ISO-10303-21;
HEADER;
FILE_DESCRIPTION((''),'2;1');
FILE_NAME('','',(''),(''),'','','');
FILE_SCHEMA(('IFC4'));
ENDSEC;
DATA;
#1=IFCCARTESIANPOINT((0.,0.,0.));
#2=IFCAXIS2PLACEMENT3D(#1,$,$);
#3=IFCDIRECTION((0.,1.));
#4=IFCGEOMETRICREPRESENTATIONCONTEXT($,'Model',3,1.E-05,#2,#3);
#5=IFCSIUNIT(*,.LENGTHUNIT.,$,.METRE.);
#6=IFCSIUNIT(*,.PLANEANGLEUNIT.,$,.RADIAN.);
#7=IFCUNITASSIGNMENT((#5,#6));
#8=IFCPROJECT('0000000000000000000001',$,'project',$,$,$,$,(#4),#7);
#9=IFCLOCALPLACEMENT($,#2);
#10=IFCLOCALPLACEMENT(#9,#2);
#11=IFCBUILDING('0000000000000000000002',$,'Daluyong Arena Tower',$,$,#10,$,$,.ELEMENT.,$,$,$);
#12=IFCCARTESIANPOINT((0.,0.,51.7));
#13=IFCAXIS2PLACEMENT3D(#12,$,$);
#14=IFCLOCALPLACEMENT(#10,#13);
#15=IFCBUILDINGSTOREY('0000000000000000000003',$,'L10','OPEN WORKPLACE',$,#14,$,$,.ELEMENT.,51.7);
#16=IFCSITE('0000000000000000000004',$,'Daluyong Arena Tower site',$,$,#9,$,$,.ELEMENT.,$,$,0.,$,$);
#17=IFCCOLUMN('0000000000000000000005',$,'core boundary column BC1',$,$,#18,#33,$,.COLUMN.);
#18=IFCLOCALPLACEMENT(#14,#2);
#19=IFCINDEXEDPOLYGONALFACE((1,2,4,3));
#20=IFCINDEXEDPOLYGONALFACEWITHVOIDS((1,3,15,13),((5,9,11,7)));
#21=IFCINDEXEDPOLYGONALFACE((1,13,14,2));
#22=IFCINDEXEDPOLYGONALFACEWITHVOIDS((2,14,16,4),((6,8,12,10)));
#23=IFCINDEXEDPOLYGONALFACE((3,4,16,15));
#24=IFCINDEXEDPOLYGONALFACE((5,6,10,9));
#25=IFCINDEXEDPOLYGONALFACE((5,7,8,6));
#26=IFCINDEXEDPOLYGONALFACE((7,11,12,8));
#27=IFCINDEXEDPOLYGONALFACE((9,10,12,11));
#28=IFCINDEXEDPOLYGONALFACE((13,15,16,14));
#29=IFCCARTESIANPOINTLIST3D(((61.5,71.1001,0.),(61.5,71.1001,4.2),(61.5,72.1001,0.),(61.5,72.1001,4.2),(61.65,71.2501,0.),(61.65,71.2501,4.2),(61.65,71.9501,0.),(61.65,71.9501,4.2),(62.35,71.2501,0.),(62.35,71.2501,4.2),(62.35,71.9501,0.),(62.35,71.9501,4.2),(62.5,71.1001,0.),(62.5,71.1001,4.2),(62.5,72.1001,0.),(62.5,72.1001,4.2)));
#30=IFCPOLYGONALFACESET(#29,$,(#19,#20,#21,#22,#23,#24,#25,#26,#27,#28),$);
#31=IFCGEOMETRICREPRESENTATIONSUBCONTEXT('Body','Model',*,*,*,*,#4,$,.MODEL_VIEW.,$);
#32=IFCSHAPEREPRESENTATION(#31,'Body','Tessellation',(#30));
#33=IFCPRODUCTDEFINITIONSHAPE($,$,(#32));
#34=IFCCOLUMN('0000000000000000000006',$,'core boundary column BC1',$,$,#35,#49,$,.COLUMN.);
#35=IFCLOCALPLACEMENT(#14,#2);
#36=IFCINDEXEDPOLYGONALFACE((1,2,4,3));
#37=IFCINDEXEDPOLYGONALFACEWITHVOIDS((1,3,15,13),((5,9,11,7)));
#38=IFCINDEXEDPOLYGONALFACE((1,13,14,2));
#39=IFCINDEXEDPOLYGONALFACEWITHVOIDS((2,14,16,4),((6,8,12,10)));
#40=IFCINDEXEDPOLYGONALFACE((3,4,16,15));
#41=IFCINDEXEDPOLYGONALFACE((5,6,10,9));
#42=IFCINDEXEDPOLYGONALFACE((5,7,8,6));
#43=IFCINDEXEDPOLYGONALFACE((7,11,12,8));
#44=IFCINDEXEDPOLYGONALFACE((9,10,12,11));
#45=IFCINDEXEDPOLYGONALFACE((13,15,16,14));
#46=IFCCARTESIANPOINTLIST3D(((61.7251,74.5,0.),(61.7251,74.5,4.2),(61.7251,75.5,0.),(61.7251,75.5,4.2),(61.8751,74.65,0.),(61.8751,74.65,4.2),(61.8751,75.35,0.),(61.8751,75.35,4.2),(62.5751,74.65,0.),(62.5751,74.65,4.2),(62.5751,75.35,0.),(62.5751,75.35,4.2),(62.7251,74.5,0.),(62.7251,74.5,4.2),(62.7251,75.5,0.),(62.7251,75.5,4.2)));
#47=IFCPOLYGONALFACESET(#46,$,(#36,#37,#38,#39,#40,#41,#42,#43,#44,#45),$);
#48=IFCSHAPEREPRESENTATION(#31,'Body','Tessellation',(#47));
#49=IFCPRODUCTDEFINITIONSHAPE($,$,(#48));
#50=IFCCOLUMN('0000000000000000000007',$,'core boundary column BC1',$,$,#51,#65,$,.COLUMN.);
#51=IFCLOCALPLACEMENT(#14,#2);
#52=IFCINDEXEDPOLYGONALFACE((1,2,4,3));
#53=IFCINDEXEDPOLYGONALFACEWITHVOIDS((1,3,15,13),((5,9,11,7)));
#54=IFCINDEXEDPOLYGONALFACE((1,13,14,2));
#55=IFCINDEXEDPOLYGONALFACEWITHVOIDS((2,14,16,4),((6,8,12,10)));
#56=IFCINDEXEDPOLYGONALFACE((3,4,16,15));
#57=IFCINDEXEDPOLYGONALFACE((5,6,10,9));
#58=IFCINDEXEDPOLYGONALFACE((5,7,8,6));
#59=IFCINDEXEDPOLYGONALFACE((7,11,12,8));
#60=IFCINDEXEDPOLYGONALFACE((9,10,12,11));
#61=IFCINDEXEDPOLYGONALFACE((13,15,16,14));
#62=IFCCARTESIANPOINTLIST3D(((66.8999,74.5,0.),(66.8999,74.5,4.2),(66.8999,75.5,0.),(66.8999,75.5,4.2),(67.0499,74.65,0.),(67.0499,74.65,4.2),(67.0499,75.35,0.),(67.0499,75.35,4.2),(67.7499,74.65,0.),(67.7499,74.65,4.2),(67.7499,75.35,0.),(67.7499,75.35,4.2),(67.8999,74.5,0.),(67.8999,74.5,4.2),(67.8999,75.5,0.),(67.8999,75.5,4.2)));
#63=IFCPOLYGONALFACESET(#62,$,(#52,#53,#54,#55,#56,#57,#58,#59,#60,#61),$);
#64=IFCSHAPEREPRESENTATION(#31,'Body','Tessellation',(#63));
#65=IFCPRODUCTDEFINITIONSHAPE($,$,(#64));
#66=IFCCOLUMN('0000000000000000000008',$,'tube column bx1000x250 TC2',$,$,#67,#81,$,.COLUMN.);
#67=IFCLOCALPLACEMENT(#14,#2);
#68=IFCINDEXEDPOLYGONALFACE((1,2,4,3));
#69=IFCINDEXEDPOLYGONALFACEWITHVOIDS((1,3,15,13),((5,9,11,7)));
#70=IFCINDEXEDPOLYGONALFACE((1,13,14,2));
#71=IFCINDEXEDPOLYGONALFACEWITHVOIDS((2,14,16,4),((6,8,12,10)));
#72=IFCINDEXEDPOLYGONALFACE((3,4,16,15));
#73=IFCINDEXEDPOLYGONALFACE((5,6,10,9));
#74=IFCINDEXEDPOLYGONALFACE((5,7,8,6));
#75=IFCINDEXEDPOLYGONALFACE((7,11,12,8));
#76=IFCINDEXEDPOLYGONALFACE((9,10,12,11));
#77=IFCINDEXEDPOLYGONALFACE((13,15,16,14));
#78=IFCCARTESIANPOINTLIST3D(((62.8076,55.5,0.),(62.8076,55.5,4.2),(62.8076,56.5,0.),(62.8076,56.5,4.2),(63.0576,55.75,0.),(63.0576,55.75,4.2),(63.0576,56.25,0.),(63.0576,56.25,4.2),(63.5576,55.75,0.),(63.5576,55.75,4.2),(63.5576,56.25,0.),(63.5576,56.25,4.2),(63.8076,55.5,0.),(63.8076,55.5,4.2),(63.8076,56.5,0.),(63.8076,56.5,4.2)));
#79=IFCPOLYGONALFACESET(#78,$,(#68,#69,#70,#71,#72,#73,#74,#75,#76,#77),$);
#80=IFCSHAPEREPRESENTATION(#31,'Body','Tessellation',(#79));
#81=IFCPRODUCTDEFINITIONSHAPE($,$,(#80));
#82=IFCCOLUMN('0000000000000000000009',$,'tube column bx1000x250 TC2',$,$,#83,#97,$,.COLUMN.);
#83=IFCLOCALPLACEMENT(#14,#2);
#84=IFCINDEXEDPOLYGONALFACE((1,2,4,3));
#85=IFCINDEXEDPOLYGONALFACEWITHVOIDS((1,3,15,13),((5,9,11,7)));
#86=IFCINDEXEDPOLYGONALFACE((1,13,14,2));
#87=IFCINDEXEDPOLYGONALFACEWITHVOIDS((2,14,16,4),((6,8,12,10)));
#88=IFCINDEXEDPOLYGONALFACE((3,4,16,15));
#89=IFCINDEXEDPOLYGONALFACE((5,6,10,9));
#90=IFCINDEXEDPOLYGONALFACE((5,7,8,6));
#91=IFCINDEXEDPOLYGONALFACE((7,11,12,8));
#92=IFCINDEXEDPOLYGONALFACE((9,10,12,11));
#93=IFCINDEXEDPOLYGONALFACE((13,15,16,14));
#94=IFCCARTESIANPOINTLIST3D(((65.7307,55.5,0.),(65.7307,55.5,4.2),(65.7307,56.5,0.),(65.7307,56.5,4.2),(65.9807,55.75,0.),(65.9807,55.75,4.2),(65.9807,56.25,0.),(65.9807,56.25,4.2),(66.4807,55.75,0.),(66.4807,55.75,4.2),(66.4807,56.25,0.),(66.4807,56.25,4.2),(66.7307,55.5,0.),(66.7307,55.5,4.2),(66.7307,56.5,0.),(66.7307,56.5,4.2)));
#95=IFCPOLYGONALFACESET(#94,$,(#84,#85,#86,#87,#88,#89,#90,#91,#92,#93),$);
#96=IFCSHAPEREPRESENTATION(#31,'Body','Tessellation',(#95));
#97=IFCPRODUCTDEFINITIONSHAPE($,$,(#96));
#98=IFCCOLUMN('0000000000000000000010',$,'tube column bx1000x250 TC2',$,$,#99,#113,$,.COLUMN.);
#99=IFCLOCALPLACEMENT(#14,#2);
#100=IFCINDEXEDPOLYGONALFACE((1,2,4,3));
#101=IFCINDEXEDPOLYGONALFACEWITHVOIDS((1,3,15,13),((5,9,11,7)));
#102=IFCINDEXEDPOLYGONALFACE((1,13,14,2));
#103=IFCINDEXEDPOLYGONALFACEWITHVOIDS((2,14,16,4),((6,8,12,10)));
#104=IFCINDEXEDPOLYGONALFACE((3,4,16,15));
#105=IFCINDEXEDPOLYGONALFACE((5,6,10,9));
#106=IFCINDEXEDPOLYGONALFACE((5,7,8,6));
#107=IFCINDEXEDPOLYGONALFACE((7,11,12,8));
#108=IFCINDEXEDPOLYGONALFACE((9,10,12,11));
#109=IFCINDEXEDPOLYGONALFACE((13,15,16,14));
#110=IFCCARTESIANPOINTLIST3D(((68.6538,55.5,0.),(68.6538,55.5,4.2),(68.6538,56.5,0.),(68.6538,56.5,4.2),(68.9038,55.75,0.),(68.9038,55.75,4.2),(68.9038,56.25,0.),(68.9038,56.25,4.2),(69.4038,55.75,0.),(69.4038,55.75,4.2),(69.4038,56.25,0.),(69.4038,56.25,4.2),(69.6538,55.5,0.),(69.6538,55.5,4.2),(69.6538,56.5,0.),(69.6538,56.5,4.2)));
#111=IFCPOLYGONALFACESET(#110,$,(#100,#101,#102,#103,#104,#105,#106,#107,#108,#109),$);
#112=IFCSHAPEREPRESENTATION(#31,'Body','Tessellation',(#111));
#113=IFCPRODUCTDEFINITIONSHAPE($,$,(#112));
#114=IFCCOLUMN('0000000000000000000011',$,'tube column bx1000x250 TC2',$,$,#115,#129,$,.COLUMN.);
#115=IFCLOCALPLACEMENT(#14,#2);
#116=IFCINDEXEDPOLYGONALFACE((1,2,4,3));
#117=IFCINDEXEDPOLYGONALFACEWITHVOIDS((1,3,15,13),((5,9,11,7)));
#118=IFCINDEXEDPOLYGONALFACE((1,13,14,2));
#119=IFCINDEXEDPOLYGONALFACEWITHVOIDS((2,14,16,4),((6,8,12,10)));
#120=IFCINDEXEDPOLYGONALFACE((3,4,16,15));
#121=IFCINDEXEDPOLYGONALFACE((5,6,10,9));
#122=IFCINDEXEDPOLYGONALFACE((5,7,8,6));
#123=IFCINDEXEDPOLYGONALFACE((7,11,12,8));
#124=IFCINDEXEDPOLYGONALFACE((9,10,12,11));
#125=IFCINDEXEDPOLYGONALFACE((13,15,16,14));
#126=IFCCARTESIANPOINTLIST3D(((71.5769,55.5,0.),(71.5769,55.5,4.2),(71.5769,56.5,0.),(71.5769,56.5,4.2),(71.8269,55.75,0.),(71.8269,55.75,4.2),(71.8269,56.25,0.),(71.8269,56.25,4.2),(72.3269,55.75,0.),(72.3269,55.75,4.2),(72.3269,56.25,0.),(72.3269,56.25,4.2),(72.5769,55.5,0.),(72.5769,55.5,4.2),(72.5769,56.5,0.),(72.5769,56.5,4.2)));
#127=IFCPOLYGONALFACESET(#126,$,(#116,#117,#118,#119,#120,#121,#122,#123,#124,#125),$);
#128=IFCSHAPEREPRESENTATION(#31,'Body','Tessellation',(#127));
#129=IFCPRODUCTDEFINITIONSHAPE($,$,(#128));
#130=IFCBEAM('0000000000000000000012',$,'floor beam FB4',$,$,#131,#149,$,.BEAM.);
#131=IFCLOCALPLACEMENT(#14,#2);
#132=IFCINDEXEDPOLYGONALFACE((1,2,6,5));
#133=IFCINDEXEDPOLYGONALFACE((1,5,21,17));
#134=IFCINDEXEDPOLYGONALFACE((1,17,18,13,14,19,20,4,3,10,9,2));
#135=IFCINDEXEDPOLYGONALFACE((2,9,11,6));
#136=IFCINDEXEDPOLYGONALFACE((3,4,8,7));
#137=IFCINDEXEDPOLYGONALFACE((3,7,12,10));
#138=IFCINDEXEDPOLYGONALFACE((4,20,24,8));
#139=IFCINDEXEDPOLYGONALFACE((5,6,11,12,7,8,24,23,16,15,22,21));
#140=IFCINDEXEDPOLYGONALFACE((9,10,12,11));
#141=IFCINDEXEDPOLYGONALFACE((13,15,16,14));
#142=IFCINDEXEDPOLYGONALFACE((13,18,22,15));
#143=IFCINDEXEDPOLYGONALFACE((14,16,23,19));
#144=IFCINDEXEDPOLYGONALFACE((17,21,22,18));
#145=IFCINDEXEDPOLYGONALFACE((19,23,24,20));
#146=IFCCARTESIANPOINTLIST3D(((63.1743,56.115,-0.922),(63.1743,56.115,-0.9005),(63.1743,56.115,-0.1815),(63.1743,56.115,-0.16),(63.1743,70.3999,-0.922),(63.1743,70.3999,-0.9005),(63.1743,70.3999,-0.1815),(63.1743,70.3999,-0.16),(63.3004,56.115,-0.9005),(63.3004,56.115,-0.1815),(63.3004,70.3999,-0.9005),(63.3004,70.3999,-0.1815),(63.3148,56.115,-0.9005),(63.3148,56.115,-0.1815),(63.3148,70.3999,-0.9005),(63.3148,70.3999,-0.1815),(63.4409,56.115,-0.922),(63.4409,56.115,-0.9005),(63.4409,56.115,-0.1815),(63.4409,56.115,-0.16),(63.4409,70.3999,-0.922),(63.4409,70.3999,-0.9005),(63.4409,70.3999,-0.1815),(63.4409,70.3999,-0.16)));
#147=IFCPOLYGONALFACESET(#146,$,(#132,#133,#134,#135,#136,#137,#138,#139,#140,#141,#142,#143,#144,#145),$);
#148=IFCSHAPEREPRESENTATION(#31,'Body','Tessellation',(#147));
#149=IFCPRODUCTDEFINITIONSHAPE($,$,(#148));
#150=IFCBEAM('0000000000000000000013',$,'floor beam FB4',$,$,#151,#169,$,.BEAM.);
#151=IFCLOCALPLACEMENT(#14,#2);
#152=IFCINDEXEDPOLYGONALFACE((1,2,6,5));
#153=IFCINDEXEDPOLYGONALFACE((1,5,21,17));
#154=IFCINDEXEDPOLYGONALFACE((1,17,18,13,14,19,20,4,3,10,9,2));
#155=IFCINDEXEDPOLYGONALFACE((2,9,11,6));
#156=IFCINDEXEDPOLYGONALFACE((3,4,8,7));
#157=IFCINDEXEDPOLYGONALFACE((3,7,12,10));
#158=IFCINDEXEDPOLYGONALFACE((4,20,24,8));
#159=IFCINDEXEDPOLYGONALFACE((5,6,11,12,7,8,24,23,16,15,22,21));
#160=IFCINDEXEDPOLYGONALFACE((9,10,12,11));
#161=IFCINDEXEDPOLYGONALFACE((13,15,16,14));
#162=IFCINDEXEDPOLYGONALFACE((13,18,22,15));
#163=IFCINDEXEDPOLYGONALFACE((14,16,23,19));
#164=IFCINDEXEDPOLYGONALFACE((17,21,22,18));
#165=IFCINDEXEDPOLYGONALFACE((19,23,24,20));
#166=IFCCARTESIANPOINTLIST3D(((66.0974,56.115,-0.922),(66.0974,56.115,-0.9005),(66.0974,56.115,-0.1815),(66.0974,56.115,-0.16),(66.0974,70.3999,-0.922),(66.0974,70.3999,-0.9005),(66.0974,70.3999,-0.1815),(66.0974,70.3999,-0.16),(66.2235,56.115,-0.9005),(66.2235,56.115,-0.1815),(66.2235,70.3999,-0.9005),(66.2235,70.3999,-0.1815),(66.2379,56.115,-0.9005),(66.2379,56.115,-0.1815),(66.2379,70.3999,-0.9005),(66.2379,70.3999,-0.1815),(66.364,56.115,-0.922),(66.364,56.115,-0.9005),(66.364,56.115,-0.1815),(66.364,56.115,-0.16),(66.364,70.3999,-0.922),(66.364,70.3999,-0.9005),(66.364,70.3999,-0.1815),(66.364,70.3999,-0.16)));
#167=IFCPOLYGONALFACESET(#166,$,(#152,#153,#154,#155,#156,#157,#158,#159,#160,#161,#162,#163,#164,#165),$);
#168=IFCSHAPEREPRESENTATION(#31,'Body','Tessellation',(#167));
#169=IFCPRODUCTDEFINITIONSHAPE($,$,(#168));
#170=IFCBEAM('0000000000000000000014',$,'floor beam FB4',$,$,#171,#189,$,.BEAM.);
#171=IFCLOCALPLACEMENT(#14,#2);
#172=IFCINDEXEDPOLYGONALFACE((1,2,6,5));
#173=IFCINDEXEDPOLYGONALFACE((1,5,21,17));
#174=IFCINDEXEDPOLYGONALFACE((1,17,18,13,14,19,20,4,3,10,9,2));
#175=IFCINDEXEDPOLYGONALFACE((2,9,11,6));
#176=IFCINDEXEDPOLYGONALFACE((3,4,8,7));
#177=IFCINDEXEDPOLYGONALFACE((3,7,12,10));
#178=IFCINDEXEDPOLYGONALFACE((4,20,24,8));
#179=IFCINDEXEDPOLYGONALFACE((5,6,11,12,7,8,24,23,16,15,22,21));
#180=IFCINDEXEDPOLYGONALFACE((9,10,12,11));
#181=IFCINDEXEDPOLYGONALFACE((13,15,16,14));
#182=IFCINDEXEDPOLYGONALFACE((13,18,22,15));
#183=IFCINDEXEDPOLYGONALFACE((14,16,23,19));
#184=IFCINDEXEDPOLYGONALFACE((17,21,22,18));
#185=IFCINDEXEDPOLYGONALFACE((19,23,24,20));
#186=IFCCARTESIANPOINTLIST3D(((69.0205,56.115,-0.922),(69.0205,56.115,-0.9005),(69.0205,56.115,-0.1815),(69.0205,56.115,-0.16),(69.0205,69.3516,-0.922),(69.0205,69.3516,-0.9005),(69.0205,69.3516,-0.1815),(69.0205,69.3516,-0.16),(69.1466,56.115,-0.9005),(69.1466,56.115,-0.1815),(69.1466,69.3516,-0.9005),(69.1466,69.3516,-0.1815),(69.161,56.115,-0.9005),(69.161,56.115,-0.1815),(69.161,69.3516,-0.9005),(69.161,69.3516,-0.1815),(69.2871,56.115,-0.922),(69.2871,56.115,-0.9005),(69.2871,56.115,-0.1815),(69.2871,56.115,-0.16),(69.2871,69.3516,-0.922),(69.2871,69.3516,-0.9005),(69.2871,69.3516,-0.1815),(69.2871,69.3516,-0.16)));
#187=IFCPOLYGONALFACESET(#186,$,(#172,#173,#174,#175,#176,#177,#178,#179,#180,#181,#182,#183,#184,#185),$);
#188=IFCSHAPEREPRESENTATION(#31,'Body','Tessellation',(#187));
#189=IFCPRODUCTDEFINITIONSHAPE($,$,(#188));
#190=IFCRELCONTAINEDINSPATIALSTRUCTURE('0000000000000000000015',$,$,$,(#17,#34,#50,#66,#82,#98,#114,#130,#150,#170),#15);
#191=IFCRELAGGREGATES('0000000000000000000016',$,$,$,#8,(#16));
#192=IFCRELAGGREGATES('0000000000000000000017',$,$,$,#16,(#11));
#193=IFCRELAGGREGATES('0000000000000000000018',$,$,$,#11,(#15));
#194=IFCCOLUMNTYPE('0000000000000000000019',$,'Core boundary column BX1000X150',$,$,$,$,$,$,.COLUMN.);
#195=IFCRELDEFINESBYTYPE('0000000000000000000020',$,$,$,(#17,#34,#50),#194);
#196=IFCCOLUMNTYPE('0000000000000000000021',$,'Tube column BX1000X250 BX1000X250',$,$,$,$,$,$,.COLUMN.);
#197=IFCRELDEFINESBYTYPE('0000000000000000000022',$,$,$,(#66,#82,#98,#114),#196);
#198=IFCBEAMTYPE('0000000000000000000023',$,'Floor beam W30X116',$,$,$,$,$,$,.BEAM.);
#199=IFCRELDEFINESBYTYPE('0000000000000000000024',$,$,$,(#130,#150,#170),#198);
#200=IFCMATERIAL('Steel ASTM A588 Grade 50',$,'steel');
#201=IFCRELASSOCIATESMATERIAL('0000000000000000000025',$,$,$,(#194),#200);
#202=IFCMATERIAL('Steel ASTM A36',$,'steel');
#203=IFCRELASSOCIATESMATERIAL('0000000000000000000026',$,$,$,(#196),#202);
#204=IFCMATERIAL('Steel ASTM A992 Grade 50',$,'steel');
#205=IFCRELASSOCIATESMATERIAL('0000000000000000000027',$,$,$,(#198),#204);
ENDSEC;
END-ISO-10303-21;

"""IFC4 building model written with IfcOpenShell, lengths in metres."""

from ifc_helpers import new_model, si_unit, direction, frame, origin, origin_2d, place, context, subcontext, project, spatial, hollow_rectangle, i_section, extrude, material, material_profile, profile_set, type_object, element, save


model = new_model("IFC4")

# Units and contexts
model_context = context("Model", 3, precision=1e-05, world=origin(), true_north=direction((0.0, 1.0)))
body_context = subcontext(model_context, "Body", "Model", "MODEL_VIEW")
ifc_project = project(units=[si_unit("LENGTHUNIT", "METRE"), si_unit("PLANEANGLEUNIT", "RADIAN")], contexts=[model_context])

# Site, building, storey
site_placement = place(None, origin())
site = spatial("IfcSite", under=ifc_project, at=site_placement, Name="Daluyong Arena Tower site", CompositionType="ELEMENT", RefElevation=0.0)
building_placement = place(site_placement, origin())
building = spatial("IfcBuilding", under=site, at=building_placement, Name="Daluyong Arena Tower", CompositionType="ELEMENT")
storey_placement = place(building_placement, frame((0.0, 0.0, 51.7)))
storey = spatial("IfcBuildingStorey", under=building, at=storey_placement, Name="L10", Description="OPEN WORKPLACE", CompositionType="ELEMENT", Elevation=51.7)

# Columns
ifc_material_1 = material(Name="Steel ASTM A588 Grade 50", Category="steel")
ifc_material_profile_1 = material_profile(ifc_material_1, hollow_rectangle(XDim=1.0, YDim=1.0, WallThickness=0.15, at=origin_2d()))
ifc_profile_set_1 = profile_set([ifc_material_profile_1], Name="Steel ASTM A588 Grade 50")
column_type_1 = type_object("IfcColumnType", Name="Core boundary column BX1000X150", PredefinedType="COLUMN", material=ifc_profile_set_1)
for number, where, z_axis, x_axis, name in (
    (1, (62.0, 71.6001, 0.0), (0.0, 0.0, 1.0), (1.0, 0.0, 0.0), "core boundary column BC1"),
    (2, (62.2251, 75.0, 0.0), (0.0, 0.0, 1.0), (1.0, 0.0, 0.0), "core boundary column BC1"),
    (3, (67.3999, 75.0, 0.0), (0.0, 0.0, 1.0), (1.0, 0.0, 0.0), "core boundary column BC1"),
):
    element("IfcColumn", number, at=place(storey_placement, frame(where, z_axis=z_axis, x_axis=x_axis)), inside=storey, type_object=column_type_1, Name=name, PredefinedType="COLUMN", context=body_context, shape_type="SweptSolid", body=[
        extrude(hollow_rectangle(XDim=1.0, YDim=1.0, WallThickness=0.15, at=origin_2d()), origin(), (0.0, 0.0, 1.0), 4.2),
    ])
ifc_material_2 = material(Name="Steel ASTM A36", Category="steel")
ifc_material_profile_2 = material_profile(ifc_material_2, hollow_rectangle(XDim=1.0, YDim=1.0, WallThickness=0.25, at=origin_2d()))
ifc_profile_set_2 = profile_set([ifc_material_profile_2], Name="Steel ASTM A36")
column_type_2 = type_object("IfcColumnType", Name="Tube column BX1000X250 BX1000X250", PredefinedType="COLUMN", material=ifc_profile_set_2)
for number, where, z_axis, x_axis, name in (
    (4, (63.3076, 56.0, 0.0), (0.0, 0.0, 1.0), (1.0, 0.0, 0.0), "tube column bx1000x250 TC2"),
    (5, (66.2307, 56.0, 0.0), (0.0, 0.0, 1.0), (1.0, 0.0, 0.0), "tube column bx1000x250 TC2"),
    (6, (69.1538, 56.0, 0.0), (0.0, 0.0, 1.0), (1.0, 0.0, 0.0), "tube column bx1000x250 TC2"),
    (7, (72.0769, 56.0, 0.0), (0.0, 0.0, 1.0), (1.0, 0.0, 0.0), "tube column bx1000x250 TC2"),
):
    element("IfcColumn", number, at=place(storey_placement, frame(where, z_axis=z_axis, x_axis=x_axis)), inside=storey, type_object=column_type_2, Name=name, PredefinedType="COLUMN", context=body_context, shape_type="SweptSolid", body=[
        extrude(hollow_rectangle(XDim=1.0, YDim=1.0, WallThickness=0.25, at=origin_2d()), origin(), (0.0, 0.0, 1.0), 4.2),
    ])

# Beams
ifc_material_3 = material(Name="Steel ASTM A992 Grade 50", Category="steel")
ifc_material_profile_3 = material_profile(ifc_material_3, i_section(OverallWidth=0.2666, OverallDepth=0.762, WebThickness=0.0144, FlangeThickness=0.0215, at=origin_2d()))
ifc_profile_set_3 = profile_set([ifc_material_profile_3], Name="Steel ASTM A992 Grade 50")
beam_type_1 = type_object("IfcBeamType", Name="Floor beam W30X116", PredefinedType="BEAM", material=ifc_profile_set_3)
for number, where, z_axis, x_axis, name in (
    (8, (63.3076, 56.115, -0.541), (0.0, 1.0, 0.0), (-1.0, 0.0, 0.0), "floor beam FB4"),
    (9, (66.2307, 56.115, -0.541), (0.0, 1.0, 0.0), (-1.0, 0.0, 0.0), "floor beam FB4"),
):
    element("IfcBeam", number, at=place(storey_placement, frame(where, z_axis=z_axis, x_axis=x_axis)), inside=storey, type_object=beam_type_1, Name=name, PredefinedType="BEAM", context=body_context, shape_type="SweptSolid", body=[
        extrude(i_section(OverallWidth=0.2666, OverallDepth=0.762, WebThickness=0.0144, FlangeThickness=0.0215, at=origin_2d()), origin(), (0.0, 0.0, 1.0), 14.2849),
    ])
beam_1_placement = place(storey_placement, frame((69.1538, 56.115, -0.541), z_axis=(0.0, 1.0, 0.0), x_axis=(-1.0, 0.0, 0.0)))
element("IfcBeam", 10, at=beam_1_placement, inside=storey, type_object=beam_type_1, Name="floor beam FB4", PredefinedType="BEAM", context=body_context, shape_type="SweptSolid", body=[
    extrude(i_section(OverallWidth=0.2666, OverallDepth=0.762, WebThickness=0.0144, FlangeThickness=0.0215, at=origin_2d()), origin(), (0.0, 0.0, 1.0), 13.2366),
])

save(model, "model.ifc")
